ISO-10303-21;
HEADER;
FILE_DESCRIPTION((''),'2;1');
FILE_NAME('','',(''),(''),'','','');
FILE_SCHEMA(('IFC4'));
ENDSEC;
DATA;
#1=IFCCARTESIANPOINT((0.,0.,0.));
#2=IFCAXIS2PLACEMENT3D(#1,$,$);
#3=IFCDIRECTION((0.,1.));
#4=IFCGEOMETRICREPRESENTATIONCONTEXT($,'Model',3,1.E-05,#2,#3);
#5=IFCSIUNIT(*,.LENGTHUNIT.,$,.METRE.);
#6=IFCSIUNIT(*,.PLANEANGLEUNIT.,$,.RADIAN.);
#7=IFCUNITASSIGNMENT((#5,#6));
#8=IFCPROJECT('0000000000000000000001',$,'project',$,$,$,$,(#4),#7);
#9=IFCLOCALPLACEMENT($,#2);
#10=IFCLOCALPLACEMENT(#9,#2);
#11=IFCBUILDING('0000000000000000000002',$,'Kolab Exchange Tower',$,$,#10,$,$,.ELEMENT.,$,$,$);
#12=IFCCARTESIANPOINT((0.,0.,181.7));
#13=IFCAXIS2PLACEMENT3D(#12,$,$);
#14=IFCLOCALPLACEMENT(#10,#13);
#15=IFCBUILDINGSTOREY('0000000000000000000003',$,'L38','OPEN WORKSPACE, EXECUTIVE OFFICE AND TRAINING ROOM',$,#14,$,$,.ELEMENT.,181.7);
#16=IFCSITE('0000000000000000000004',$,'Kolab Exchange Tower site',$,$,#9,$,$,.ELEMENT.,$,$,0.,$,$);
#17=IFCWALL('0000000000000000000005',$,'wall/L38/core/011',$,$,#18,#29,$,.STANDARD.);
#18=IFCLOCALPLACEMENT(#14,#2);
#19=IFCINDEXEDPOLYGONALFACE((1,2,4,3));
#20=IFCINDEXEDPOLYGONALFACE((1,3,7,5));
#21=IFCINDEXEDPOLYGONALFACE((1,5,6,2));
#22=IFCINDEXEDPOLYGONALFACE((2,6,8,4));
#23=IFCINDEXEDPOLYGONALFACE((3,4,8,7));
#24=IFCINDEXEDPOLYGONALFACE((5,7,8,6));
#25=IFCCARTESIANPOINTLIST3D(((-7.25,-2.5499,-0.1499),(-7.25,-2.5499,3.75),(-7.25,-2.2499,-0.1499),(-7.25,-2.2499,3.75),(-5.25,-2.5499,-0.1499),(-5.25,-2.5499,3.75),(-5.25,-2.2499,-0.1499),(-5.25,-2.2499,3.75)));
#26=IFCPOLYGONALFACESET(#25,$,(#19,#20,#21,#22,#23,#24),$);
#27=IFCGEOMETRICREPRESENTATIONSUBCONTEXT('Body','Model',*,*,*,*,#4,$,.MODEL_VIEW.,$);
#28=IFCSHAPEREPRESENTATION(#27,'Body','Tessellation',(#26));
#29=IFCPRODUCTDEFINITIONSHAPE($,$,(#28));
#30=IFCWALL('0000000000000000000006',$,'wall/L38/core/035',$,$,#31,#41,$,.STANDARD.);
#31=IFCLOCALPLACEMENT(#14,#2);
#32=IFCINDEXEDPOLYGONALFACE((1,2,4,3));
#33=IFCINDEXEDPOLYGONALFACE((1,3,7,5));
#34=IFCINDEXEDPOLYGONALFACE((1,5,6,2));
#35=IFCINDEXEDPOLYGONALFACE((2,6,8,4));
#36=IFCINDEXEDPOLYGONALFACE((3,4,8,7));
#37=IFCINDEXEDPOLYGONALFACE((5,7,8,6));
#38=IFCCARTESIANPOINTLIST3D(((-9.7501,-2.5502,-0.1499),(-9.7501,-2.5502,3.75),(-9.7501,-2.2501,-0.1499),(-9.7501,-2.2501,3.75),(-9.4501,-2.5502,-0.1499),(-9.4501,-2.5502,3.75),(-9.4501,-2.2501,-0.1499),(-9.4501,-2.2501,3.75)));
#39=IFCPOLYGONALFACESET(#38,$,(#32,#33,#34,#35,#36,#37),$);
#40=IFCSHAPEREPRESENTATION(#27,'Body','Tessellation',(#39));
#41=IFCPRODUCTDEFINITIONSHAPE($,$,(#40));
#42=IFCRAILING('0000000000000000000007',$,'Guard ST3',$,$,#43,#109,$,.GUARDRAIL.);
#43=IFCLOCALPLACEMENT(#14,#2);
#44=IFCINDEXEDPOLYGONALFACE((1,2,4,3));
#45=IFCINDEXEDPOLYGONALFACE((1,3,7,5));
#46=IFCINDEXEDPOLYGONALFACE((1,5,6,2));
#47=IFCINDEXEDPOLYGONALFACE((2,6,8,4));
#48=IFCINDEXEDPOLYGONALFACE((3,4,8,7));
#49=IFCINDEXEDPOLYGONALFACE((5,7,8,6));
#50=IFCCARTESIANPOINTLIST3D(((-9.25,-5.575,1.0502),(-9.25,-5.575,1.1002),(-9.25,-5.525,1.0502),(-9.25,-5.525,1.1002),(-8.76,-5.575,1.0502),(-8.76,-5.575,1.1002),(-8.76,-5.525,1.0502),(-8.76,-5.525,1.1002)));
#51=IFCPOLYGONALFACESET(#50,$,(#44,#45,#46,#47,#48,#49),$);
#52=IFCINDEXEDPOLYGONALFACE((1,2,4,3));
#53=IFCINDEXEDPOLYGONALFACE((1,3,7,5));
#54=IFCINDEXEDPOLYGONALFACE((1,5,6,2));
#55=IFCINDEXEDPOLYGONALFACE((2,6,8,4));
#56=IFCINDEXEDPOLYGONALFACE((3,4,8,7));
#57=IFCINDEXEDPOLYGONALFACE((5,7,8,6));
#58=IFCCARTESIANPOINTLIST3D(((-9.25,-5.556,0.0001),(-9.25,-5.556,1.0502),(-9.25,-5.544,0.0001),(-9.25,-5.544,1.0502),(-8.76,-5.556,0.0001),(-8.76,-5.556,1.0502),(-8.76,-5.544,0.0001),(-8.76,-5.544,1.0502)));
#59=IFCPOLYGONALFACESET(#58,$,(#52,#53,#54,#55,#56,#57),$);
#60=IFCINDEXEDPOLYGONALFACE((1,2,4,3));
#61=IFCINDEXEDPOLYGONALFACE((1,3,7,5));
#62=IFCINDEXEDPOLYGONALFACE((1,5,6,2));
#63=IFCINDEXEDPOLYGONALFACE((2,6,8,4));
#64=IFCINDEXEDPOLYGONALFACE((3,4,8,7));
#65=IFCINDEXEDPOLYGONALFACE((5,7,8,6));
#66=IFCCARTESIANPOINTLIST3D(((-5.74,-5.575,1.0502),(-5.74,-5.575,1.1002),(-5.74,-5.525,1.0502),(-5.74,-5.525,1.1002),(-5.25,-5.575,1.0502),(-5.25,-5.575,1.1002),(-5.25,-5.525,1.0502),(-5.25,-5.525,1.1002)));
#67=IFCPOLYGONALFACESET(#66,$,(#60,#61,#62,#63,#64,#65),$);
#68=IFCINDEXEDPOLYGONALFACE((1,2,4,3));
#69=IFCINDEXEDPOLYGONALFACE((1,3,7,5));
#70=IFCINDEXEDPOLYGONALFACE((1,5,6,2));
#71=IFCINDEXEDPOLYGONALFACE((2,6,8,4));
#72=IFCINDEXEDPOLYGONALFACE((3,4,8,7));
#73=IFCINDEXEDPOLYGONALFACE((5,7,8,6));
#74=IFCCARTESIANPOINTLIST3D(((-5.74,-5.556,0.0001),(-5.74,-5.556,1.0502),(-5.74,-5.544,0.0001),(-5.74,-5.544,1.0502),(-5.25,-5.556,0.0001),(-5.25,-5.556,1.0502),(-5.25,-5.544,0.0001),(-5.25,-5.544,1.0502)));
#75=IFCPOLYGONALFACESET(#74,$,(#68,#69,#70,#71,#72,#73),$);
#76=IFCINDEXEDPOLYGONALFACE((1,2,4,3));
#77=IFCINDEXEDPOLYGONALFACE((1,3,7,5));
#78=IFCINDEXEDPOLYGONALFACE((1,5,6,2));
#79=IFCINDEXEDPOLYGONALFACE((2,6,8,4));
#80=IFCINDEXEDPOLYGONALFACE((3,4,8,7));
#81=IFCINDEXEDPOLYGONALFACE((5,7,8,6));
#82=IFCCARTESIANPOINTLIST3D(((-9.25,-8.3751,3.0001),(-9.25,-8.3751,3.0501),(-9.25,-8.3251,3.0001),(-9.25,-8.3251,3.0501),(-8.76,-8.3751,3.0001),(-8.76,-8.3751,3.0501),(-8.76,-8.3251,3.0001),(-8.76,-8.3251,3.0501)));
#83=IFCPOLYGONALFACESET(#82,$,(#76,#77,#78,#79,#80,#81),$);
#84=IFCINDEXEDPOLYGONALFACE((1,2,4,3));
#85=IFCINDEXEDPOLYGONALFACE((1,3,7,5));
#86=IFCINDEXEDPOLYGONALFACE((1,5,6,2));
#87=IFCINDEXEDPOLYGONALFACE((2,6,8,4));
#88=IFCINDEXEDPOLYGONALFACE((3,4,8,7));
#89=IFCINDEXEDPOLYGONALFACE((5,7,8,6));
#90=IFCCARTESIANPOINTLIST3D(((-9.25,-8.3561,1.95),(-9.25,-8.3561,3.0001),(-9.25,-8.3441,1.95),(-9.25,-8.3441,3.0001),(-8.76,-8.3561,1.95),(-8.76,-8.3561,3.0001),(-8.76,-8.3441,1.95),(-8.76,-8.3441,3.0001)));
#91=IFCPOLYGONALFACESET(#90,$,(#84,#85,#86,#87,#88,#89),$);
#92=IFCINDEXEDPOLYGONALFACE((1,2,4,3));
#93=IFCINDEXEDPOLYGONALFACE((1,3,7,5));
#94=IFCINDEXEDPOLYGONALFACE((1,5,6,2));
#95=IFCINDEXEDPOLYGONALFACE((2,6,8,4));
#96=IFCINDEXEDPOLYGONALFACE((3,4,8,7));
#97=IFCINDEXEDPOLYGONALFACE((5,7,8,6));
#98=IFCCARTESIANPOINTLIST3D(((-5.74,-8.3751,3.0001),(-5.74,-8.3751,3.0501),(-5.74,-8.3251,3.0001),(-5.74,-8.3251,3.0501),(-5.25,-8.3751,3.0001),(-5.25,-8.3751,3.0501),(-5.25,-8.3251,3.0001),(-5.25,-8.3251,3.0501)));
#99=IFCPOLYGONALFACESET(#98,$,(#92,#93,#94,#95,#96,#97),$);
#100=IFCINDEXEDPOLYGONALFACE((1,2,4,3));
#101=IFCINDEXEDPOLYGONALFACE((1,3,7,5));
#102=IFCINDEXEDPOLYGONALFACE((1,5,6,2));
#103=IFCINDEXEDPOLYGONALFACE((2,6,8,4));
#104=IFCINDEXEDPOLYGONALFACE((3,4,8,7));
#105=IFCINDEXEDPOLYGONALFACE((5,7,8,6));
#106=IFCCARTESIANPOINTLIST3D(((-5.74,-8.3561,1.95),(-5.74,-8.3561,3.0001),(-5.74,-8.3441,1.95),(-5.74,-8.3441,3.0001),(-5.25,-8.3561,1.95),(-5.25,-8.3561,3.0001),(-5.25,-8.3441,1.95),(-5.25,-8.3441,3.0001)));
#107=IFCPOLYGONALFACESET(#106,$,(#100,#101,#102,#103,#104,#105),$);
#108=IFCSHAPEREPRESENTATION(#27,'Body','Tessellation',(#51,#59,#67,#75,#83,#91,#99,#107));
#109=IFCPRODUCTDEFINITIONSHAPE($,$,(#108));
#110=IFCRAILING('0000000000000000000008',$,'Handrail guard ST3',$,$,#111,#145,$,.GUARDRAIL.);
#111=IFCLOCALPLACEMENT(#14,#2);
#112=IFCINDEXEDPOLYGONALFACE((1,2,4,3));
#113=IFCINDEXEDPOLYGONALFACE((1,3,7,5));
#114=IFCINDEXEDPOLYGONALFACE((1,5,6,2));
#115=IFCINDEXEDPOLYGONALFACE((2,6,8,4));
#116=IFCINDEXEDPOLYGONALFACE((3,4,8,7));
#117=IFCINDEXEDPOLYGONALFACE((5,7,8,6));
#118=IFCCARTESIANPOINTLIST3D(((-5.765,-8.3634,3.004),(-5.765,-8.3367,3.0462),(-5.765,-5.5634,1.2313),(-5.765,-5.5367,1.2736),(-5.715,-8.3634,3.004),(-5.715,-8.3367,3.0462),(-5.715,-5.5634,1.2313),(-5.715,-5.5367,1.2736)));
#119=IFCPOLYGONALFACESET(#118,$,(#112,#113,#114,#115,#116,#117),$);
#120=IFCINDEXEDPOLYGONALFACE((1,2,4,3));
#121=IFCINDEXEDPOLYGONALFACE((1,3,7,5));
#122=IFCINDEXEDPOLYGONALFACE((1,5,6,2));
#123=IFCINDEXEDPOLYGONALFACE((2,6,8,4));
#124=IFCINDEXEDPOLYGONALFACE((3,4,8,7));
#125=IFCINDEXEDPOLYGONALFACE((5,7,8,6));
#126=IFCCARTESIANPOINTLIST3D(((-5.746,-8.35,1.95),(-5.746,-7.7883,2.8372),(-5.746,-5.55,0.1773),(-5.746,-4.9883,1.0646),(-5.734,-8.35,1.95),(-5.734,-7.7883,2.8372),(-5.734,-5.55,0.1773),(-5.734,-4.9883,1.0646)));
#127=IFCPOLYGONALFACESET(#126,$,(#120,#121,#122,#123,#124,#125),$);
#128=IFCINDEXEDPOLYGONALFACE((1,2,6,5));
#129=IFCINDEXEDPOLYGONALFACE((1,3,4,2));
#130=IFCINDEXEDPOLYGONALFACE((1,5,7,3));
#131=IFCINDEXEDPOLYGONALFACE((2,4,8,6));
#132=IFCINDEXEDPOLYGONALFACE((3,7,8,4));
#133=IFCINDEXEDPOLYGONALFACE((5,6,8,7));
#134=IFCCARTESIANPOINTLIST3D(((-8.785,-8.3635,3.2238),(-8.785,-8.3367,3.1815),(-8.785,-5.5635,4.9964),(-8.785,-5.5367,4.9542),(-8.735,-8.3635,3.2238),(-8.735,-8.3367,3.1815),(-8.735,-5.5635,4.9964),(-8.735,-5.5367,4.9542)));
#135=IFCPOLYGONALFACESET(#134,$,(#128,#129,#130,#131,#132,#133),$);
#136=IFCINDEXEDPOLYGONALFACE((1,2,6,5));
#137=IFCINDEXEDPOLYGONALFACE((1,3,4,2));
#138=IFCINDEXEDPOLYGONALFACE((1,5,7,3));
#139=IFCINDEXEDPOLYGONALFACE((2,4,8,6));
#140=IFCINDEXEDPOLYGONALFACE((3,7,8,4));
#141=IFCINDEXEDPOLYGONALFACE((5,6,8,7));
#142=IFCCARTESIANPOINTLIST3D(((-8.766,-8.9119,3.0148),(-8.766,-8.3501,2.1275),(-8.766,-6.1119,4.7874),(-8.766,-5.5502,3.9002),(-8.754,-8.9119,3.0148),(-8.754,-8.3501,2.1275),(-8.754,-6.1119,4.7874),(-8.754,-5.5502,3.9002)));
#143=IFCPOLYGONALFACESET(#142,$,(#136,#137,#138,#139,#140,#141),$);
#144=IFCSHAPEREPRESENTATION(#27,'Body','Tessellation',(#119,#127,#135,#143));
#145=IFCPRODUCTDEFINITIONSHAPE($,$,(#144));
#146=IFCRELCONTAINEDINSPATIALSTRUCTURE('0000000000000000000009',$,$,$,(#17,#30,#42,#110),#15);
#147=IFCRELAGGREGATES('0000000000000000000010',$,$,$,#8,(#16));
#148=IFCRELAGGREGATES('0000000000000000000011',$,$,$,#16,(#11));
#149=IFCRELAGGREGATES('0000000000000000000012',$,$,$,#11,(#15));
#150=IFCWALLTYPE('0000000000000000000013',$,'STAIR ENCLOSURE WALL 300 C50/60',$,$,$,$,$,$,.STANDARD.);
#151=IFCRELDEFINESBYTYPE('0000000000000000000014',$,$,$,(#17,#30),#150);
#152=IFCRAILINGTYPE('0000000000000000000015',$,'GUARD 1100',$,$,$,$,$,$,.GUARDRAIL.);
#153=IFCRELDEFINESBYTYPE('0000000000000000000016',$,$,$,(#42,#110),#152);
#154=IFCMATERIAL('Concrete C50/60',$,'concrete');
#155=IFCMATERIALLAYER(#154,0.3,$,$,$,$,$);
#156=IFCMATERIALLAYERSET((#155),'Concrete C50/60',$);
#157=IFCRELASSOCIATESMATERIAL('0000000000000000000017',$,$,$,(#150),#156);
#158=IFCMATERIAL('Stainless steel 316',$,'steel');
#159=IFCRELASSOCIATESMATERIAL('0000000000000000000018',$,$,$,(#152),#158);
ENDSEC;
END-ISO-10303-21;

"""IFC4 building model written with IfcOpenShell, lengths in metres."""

from ifc_helpers import new_model, si_unit, direction, frame, frame_2d, origin, origin_2d, place, context, subcontext, project, spatial, rectangle, extrude, material, layer, layer_set, type_object, element, save


model = new_model("IFC4")

# Units and contexts
model_context = context("Model", 3, precision=1e-05, world=origin(), true_north=direction((0.0, 1.0)))
body_context = subcontext(model_context, "Body", "Model", "MODEL_VIEW")
ifc_project = project(units=[si_unit("LENGTHUNIT", "METRE"), si_unit("PLANEANGLEUNIT", "RADIAN")], contexts=[model_context])

# Site, building, storey
site_placement = place(None, origin())
site = spatial("IfcSite", under=ifc_project, at=site_placement, Name="Kolab Exchange Tower site", CompositionType="ELEMENT", RefElevation=0.0)
building_placement = place(site_placement, origin())
building = spatial("IfcBuilding", under=site, at=building_placement, Name="Kolab Exchange Tower", CompositionType="ELEMENT")
storey_placement = place(building_placement, frame((0.0, 0.0, 181.7)))
storey = spatial("IfcBuildingStorey", under=building, at=storey_placement, Name="L38", Description="OPEN WORKSPACE, EXECUTIVE OFFICE AND TRAINING ROOM", CompositionType="ELEMENT", Elevation=181.7)

# Shared definitions
ifc_material_1 = material(Name="Concrete C50/60", Category="concrete")

# Shared definitions
ifc_material_2 = material(Name="Stainless steel 316", Category="steel")

# Walls
ifc_layer_1 = layer(ifc_material_1, 0.3)
ifc_layer_set_1 = layer_set([ifc_layer_1], Name="Concrete C50/60")
wall_type_1 = type_object("IfcWallType", Name="STAIR ENCLOSURE WALL 300 C50/60", PredefinedType="STANDARD", material=ifc_layer_set_1)
wall_1_placement = place(storey_placement, frame((-7.25, -2.3999, -0.1499), z_axis=(0.0, 0.0, 1.0), x_axis=(1.0, 0.0, 0.0)))
element("IfcWall", 1, at=wall_1_placement, inside=storey, type_object=wall_type_1, Name="wall/L38/core/011", PredefinedType="STANDARD", context=body_context, shape_type="SweptSolid", body=[
    extrude(rectangle(XDim=2.0, YDim=0.3, at=frame_2d((1.0, 0.0))), origin(), (0.0, 0.0, 1.0), 3.8999),
])
wall_2_placement = place(storey_placement, frame((-9.6001, -2.55, -0.1499), z_axis=(0.0, 0.0, 1.0), x_axis=(0.0, 1.0, 0.0)))
element("IfcWall", 2, at=wall_2_placement, inside=storey, type_object=wall_type_1, Name="wall/L38/core/035", PredefinedType="STANDARD", context=body_context, shape_type="SweptSolid", body=[
    extrude(rectangle(XDim=0.3, YDim=0.3, at=frame_2d((0.1499, 0.0))), origin(), (0.0, 0.0, 1.0), 3.8999),
])

# Railings
railing_type = type_object("IfcRailingType", Name="GUARD 1100", PredefinedType="GUARDRAIL", material=ifc_material_2)
railing_1_placement = place(storey_placement, frame((-9.25, -5.55, 0.0)))
element("IfcRailing", 3, at=railing_1_placement, inside=storey, type_object=railing_type, Name="Guard ST3", PredefinedType="GUARDRAIL", context=body_context, shape_type="SweptSolid", body=[
    extrude(rectangle(XDim=0.05, YDim=0.05, at=origin_2d()), frame((0.0, 0.0, 1.0752), z_axis=(1.0, 0.0, 0.0), x_axis=(0.0, 1.0, 0.0)), (0.0, 0.0, 1.0), 0.49),
    extrude(rectangle(XDim=0.012, YDim=1.0501, at=frame_2d((0.0, 0.5251))), frame((0.0, 0.0, 0.0), z_axis=(1.0, 0.0, 0.0), x_axis=(0.0, 1.0, 0.0)), (0.0, 0.0, 1.0), 0.49),
    extrude(rectangle(XDim=0.05, YDim=0.05, at=origin_2d()), frame((3.51, 0.0, 1.0752), z_axis=(1.0, 0.0, 0.0), x_axis=(0.0, 1.0, 0.0)), (0.0, 0.0, 1.0), 0.49),
    extrude(rectangle(XDim=0.012, YDim=1.0501, at=frame_2d((0.0, 0.5251))), frame((3.51, 0.0, 0.0), z_axis=(1.0, 0.0, 0.0), x_axis=(0.0, 1.0, 0.0)), (0.0, 0.0, 1.0), 0.49),
    extrude(rectangle(XDim=0.05, YDim=0.05, at=origin_2d()), frame((0.0, -2.8, 3.0251), z_axis=(1.0, 0.0, 0.0), x_axis=(0.0, 1.0, 0.0)), (0.0, 0.0, 1.0), 0.49),
    extrude(rectangle(XDim=0.012, YDim=1.0501, at=frame_2d((0.0, 0.5251))), frame((0.0, -2.8, 1.95), z_axis=(1.0, 0.0, 0.0), x_axis=(0.0, 1.0, 0.0)), (0.0, 0.0, 1.0), 0.49),
    extrude(rectangle(XDim=0.05, YDim=0.05, at=origin_2d()), frame((3.51, -2.8, 3.0251), z_axis=(1.0, 0.0, 0.0), x_axis=(0.0, 1.0, 0.0)), (0.0, 0.0, 1.0), 0.49),
    extrude(rectangle(XDim=0.012, YDim=1.0501, at=frame_2d((0.0, 0.5251))), frame((3.51, -2.8, 1.95), z_axis=(1.0, 0.0, 0.0), x_axis=(0.0, 1.0, 0.0)), (0.0, 0.0, 1.0), 0.49),
])
railing_2_placement = place(storey_placement, frame((-5.74, -5.55, 0.1772)))
element("IfcRailing", 4, at=railing_2_placement, inside=storey, type_object=railing_type, Name="Handrail guard ST3", PredefinedType="GUARDRAIL", context=body_context, shape_type="SweptSolid", body=[
    extrude(rectangle(XDim=0.05, YDim=0.05, at=origin_2d()), frame((0.0, 0.0, 1.0752), z_axis=(0.0, -0.844909, 0.53491), x_axis=(1.0, 0.0, 0.0)), (0.0, 0.0, 1.0), 3.314),
    extrude(rectangle(XDim=0.012, YDim=1.0501, at=frame_2d((0.0, 0.5251))), frame((0.0, 0.0, 0.0), z_axis=(0.0, -0.844909, 0.53491), x_axis=(1.0, 0.0, 0.0)), (0.0, 0.0, 1.0), 3.314),
    extrude(rectangle(XDim=0.05, YDim=0.05, at=origin_2d()), frame((-3.02, -2.8, 3.0254), z_axis=(0.0, 0.844909, 0.53491), x_axis=(-1.0, 0.0, 0.0)), (0.0, 0.0, 1.0), 3.314),
    extrude(rectangle(XDim=0.012, YDim=1.0501, at=frame_2d((0.0, 0.5251))), frame((-3.02, -2.8, 1.9502), z_axis=(0.0, 0.844909, 0.53491), x_axis=(-1.0, 0.0, 0.0)), (0.0, 0.0, 1.0), 3.314),
])

save(model, "model.ifc")
